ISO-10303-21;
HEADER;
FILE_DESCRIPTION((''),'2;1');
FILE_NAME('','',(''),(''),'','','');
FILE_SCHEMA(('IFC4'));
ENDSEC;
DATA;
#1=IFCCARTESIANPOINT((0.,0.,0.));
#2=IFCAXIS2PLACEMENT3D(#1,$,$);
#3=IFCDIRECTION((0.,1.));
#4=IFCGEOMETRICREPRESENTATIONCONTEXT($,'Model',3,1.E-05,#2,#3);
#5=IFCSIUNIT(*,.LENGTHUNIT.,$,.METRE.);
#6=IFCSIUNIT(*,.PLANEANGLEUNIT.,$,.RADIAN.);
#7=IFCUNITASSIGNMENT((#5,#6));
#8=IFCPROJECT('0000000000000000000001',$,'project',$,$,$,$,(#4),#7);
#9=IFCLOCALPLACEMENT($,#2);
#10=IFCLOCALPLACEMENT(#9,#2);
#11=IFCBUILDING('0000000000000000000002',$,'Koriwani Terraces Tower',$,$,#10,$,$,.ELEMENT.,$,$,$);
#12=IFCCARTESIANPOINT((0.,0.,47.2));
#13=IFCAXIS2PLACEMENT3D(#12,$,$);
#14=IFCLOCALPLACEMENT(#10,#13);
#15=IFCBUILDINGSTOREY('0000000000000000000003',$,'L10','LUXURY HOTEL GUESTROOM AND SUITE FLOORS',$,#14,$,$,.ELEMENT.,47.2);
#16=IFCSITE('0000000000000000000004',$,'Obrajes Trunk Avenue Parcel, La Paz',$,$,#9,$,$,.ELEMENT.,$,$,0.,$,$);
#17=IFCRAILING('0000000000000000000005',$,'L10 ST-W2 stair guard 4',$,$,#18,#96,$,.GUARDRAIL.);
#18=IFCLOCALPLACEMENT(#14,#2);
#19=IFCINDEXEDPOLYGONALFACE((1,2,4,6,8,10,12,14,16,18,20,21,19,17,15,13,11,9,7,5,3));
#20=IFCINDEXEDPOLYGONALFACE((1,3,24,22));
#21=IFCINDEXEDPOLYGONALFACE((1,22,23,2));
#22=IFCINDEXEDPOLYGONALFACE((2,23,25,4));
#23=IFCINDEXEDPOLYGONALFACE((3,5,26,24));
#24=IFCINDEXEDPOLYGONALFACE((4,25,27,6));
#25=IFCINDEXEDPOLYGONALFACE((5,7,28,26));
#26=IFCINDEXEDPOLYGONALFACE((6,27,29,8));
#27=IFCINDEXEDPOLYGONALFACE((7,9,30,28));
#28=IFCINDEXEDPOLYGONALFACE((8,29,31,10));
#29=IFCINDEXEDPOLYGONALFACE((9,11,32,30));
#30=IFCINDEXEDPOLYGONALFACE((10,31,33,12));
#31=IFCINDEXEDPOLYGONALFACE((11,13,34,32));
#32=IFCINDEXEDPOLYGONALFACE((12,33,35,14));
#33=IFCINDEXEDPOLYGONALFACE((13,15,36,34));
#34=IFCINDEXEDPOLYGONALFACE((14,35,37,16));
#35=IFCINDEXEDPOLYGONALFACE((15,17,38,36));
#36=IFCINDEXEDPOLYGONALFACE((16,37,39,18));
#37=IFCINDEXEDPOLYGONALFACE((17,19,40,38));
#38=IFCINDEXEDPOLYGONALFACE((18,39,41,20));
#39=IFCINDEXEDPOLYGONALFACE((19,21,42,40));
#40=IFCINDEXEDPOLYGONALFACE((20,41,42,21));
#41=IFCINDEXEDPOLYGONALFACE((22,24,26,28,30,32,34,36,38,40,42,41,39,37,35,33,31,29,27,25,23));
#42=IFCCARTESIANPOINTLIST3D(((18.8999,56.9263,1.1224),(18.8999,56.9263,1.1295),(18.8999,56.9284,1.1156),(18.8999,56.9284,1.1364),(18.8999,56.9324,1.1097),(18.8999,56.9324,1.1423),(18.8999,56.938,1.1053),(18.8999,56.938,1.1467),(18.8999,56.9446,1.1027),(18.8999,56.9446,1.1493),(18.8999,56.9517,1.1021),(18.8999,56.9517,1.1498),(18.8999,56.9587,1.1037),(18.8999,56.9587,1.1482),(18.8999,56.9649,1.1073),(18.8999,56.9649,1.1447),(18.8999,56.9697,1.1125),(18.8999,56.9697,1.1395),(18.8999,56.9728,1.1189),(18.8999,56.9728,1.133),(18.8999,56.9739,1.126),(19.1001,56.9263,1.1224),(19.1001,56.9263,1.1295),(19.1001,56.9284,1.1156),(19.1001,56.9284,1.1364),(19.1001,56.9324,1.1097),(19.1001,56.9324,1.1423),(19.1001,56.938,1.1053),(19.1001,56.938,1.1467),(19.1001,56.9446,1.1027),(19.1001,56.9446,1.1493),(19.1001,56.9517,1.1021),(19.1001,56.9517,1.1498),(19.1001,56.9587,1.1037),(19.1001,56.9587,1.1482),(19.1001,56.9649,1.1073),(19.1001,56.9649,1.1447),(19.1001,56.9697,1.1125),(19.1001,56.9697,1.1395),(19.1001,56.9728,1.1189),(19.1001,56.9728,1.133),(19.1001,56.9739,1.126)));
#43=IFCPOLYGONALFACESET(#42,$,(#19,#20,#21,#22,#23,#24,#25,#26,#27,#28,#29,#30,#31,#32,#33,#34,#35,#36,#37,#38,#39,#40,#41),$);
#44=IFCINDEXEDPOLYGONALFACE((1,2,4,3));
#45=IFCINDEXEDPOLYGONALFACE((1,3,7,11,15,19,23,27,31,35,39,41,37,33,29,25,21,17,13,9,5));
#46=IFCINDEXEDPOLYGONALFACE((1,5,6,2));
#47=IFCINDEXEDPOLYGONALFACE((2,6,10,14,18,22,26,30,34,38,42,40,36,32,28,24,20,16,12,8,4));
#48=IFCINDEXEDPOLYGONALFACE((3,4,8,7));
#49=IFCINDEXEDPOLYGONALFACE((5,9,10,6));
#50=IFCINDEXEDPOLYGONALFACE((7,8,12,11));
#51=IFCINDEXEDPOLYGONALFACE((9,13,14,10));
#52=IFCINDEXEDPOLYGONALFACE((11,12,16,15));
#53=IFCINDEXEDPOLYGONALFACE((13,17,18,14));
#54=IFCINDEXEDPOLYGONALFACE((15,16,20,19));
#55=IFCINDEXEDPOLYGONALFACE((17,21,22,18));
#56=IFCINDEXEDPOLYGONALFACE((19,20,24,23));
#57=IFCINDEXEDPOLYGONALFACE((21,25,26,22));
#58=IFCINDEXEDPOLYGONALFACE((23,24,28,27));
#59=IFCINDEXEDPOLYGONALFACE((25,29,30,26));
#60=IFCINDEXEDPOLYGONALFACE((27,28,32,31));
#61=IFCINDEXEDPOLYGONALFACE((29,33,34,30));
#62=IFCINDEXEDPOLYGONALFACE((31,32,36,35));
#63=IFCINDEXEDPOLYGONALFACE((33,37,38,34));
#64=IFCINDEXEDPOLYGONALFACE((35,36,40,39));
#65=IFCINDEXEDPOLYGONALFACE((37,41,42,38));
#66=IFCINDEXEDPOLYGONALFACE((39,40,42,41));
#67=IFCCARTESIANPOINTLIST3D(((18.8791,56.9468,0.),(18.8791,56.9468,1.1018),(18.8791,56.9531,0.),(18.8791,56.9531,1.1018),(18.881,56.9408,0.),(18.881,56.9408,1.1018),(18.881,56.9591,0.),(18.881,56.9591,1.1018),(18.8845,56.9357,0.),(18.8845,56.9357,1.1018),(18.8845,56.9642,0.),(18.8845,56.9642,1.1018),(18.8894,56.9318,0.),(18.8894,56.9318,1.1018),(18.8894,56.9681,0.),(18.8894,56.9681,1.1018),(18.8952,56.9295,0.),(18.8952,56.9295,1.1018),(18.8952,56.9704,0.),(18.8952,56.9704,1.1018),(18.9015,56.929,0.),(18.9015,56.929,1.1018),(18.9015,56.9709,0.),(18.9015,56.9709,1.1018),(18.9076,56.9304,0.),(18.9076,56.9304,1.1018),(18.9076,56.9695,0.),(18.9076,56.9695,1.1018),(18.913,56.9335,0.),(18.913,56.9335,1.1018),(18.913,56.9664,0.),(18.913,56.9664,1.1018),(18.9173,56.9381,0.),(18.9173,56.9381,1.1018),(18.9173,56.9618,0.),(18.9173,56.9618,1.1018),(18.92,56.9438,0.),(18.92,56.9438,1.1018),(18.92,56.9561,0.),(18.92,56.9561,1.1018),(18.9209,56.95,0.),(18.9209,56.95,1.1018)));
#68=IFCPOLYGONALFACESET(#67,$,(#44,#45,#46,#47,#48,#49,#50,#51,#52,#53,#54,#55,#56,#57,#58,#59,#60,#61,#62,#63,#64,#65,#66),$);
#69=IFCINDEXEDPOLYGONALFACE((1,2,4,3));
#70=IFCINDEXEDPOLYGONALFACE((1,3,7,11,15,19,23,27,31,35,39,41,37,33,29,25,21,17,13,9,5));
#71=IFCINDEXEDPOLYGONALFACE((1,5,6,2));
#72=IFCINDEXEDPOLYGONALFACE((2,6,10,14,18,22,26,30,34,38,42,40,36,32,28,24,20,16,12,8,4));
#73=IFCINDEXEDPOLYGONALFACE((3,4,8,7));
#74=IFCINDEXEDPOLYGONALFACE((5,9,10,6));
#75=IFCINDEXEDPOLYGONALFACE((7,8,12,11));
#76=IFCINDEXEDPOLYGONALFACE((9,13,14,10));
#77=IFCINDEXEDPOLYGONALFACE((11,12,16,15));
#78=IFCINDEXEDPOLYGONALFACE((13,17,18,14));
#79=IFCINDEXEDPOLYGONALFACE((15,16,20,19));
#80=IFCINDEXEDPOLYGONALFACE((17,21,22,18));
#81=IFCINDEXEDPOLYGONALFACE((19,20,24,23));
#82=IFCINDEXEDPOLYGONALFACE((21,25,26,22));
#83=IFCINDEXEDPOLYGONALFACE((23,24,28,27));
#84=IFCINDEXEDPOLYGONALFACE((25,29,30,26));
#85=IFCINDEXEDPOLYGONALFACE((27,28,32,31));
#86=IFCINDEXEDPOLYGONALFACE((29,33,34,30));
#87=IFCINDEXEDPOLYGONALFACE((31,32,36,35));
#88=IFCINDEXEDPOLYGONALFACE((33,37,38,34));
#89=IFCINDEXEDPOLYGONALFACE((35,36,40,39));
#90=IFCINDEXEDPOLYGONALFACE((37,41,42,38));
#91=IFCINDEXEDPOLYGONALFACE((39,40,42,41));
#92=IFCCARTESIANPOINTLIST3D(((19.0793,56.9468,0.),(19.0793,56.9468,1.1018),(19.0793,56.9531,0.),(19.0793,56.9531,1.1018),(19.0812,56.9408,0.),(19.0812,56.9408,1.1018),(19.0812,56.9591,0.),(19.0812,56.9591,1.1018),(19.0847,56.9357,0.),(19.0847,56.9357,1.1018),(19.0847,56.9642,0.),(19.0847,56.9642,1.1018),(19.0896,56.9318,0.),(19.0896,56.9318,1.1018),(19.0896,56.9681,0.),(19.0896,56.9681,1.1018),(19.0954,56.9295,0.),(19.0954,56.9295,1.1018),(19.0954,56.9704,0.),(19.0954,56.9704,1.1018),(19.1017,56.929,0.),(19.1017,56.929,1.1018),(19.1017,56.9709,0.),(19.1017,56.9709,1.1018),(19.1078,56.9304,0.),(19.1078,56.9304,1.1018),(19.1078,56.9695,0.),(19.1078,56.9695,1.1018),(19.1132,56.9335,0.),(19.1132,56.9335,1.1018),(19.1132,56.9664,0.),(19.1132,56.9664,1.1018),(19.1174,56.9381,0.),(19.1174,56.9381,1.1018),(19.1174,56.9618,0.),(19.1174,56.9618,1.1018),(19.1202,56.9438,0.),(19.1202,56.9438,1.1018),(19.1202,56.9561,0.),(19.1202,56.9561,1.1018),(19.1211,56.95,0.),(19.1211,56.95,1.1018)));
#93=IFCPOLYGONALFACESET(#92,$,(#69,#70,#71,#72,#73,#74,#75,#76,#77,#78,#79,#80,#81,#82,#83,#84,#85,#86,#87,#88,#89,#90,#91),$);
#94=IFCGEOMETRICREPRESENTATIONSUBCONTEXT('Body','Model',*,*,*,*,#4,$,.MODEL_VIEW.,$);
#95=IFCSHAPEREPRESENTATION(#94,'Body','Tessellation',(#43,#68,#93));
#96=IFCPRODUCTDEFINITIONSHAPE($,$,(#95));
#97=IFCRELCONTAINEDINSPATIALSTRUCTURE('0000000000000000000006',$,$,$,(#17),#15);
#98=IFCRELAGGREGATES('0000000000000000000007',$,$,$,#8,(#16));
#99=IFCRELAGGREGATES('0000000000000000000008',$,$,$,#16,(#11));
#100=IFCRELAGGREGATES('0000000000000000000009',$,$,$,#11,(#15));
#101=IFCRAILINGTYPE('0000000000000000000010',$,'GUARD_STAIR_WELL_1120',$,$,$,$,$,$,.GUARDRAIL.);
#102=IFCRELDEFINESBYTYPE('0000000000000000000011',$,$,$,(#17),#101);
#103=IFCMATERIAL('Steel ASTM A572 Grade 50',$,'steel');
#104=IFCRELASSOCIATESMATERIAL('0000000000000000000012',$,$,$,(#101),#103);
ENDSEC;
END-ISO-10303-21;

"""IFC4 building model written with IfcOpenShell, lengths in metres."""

from ifc_helpers import new_model, si_unit, direction, frame, origin, origin_2d, place, context, subcontext, project, spatial, circle, extrude, material, type_object, element, save


model = new_model("IFC4")

# Units and contexts
model_context = context("Model", 3, precision=1e-05, world=origin(), true_north=direction((0.0, 1.0)))
body_context = subcontext(model_context, "Body", "Model", "MODEL_VIEW")
ifc_project = project(units=[si_unit("LENGTHUNIT", "METRE"), si_unit("PLANEANGLEUNIT", "RADIAN")], contexts=[model_context])

# Site, building, storey
site_placement = place(None, origin())
site = spatial("IfcSite", under=ifc_project, at=site_placement, Name="Obrajes Trunk Avenue Parcel, La Paz", CompositionType="ELEMENT", RefElevation=0.0)
building_placement = place(site_placement, origin())
building = spatial("IfcBuilding", under=site, at=building_placement, Name="Koriwani Terraces Tower", CompositionType="ELEMENT")
storey_placement = place(building_placement, frame((0.0, 0.0, 47.2)))
storey = spatial("IfcBuildingStorey", under=building, at=storey_placement, Name="L10", Description="LUXURY HOTEL GUESTROOM AND SUITE FLOORS", CompositionType="ELEMENT", Elevation=47.2)

# Shared definitions
ifc_material_1 = material(Name="Steel ASTM A572 Grade 50", Category="steel")

# Railing
railing_type = type_object("IfcRailingType", Name="GUARD_STAIR_WELL_1120", PredefinedType="GUARDRAIL", material=ifc_material_1)
railing_1_placement = place(storey_placement, frame((18.8999, 56.95, 0.0)))
element("IfcRailing", 1, at=railing_1_placement, inside=storey, type_object=railing_type, Name="L10 ST-W2 stair guard 4", PredefinedType="GUARDRAIL", context=body_context, shape_type="SweptSolid", body=[
    extrude(circle(Radius=0.0239, at=origin_2d()), frame((0.0, 0.0, 1.126), z_axis=(1.0, 0.0, 0.0), x_axis=(0.0, 1.0, 0.0)), (0.0, 0.0, 1.0), 0.2002),
    extrude(circle(Radius=0.021, at=origin_2d()), origin(), (0.0, 0.0, 1.0), 1.1018),
    extrude(circle(Radius=0.021, at=origin_2d()), frame((0.2002, 0.0, 0.0)), (0.0, 0.0, 1.0), 1.1018),
])

save(model, "model.ifc")
